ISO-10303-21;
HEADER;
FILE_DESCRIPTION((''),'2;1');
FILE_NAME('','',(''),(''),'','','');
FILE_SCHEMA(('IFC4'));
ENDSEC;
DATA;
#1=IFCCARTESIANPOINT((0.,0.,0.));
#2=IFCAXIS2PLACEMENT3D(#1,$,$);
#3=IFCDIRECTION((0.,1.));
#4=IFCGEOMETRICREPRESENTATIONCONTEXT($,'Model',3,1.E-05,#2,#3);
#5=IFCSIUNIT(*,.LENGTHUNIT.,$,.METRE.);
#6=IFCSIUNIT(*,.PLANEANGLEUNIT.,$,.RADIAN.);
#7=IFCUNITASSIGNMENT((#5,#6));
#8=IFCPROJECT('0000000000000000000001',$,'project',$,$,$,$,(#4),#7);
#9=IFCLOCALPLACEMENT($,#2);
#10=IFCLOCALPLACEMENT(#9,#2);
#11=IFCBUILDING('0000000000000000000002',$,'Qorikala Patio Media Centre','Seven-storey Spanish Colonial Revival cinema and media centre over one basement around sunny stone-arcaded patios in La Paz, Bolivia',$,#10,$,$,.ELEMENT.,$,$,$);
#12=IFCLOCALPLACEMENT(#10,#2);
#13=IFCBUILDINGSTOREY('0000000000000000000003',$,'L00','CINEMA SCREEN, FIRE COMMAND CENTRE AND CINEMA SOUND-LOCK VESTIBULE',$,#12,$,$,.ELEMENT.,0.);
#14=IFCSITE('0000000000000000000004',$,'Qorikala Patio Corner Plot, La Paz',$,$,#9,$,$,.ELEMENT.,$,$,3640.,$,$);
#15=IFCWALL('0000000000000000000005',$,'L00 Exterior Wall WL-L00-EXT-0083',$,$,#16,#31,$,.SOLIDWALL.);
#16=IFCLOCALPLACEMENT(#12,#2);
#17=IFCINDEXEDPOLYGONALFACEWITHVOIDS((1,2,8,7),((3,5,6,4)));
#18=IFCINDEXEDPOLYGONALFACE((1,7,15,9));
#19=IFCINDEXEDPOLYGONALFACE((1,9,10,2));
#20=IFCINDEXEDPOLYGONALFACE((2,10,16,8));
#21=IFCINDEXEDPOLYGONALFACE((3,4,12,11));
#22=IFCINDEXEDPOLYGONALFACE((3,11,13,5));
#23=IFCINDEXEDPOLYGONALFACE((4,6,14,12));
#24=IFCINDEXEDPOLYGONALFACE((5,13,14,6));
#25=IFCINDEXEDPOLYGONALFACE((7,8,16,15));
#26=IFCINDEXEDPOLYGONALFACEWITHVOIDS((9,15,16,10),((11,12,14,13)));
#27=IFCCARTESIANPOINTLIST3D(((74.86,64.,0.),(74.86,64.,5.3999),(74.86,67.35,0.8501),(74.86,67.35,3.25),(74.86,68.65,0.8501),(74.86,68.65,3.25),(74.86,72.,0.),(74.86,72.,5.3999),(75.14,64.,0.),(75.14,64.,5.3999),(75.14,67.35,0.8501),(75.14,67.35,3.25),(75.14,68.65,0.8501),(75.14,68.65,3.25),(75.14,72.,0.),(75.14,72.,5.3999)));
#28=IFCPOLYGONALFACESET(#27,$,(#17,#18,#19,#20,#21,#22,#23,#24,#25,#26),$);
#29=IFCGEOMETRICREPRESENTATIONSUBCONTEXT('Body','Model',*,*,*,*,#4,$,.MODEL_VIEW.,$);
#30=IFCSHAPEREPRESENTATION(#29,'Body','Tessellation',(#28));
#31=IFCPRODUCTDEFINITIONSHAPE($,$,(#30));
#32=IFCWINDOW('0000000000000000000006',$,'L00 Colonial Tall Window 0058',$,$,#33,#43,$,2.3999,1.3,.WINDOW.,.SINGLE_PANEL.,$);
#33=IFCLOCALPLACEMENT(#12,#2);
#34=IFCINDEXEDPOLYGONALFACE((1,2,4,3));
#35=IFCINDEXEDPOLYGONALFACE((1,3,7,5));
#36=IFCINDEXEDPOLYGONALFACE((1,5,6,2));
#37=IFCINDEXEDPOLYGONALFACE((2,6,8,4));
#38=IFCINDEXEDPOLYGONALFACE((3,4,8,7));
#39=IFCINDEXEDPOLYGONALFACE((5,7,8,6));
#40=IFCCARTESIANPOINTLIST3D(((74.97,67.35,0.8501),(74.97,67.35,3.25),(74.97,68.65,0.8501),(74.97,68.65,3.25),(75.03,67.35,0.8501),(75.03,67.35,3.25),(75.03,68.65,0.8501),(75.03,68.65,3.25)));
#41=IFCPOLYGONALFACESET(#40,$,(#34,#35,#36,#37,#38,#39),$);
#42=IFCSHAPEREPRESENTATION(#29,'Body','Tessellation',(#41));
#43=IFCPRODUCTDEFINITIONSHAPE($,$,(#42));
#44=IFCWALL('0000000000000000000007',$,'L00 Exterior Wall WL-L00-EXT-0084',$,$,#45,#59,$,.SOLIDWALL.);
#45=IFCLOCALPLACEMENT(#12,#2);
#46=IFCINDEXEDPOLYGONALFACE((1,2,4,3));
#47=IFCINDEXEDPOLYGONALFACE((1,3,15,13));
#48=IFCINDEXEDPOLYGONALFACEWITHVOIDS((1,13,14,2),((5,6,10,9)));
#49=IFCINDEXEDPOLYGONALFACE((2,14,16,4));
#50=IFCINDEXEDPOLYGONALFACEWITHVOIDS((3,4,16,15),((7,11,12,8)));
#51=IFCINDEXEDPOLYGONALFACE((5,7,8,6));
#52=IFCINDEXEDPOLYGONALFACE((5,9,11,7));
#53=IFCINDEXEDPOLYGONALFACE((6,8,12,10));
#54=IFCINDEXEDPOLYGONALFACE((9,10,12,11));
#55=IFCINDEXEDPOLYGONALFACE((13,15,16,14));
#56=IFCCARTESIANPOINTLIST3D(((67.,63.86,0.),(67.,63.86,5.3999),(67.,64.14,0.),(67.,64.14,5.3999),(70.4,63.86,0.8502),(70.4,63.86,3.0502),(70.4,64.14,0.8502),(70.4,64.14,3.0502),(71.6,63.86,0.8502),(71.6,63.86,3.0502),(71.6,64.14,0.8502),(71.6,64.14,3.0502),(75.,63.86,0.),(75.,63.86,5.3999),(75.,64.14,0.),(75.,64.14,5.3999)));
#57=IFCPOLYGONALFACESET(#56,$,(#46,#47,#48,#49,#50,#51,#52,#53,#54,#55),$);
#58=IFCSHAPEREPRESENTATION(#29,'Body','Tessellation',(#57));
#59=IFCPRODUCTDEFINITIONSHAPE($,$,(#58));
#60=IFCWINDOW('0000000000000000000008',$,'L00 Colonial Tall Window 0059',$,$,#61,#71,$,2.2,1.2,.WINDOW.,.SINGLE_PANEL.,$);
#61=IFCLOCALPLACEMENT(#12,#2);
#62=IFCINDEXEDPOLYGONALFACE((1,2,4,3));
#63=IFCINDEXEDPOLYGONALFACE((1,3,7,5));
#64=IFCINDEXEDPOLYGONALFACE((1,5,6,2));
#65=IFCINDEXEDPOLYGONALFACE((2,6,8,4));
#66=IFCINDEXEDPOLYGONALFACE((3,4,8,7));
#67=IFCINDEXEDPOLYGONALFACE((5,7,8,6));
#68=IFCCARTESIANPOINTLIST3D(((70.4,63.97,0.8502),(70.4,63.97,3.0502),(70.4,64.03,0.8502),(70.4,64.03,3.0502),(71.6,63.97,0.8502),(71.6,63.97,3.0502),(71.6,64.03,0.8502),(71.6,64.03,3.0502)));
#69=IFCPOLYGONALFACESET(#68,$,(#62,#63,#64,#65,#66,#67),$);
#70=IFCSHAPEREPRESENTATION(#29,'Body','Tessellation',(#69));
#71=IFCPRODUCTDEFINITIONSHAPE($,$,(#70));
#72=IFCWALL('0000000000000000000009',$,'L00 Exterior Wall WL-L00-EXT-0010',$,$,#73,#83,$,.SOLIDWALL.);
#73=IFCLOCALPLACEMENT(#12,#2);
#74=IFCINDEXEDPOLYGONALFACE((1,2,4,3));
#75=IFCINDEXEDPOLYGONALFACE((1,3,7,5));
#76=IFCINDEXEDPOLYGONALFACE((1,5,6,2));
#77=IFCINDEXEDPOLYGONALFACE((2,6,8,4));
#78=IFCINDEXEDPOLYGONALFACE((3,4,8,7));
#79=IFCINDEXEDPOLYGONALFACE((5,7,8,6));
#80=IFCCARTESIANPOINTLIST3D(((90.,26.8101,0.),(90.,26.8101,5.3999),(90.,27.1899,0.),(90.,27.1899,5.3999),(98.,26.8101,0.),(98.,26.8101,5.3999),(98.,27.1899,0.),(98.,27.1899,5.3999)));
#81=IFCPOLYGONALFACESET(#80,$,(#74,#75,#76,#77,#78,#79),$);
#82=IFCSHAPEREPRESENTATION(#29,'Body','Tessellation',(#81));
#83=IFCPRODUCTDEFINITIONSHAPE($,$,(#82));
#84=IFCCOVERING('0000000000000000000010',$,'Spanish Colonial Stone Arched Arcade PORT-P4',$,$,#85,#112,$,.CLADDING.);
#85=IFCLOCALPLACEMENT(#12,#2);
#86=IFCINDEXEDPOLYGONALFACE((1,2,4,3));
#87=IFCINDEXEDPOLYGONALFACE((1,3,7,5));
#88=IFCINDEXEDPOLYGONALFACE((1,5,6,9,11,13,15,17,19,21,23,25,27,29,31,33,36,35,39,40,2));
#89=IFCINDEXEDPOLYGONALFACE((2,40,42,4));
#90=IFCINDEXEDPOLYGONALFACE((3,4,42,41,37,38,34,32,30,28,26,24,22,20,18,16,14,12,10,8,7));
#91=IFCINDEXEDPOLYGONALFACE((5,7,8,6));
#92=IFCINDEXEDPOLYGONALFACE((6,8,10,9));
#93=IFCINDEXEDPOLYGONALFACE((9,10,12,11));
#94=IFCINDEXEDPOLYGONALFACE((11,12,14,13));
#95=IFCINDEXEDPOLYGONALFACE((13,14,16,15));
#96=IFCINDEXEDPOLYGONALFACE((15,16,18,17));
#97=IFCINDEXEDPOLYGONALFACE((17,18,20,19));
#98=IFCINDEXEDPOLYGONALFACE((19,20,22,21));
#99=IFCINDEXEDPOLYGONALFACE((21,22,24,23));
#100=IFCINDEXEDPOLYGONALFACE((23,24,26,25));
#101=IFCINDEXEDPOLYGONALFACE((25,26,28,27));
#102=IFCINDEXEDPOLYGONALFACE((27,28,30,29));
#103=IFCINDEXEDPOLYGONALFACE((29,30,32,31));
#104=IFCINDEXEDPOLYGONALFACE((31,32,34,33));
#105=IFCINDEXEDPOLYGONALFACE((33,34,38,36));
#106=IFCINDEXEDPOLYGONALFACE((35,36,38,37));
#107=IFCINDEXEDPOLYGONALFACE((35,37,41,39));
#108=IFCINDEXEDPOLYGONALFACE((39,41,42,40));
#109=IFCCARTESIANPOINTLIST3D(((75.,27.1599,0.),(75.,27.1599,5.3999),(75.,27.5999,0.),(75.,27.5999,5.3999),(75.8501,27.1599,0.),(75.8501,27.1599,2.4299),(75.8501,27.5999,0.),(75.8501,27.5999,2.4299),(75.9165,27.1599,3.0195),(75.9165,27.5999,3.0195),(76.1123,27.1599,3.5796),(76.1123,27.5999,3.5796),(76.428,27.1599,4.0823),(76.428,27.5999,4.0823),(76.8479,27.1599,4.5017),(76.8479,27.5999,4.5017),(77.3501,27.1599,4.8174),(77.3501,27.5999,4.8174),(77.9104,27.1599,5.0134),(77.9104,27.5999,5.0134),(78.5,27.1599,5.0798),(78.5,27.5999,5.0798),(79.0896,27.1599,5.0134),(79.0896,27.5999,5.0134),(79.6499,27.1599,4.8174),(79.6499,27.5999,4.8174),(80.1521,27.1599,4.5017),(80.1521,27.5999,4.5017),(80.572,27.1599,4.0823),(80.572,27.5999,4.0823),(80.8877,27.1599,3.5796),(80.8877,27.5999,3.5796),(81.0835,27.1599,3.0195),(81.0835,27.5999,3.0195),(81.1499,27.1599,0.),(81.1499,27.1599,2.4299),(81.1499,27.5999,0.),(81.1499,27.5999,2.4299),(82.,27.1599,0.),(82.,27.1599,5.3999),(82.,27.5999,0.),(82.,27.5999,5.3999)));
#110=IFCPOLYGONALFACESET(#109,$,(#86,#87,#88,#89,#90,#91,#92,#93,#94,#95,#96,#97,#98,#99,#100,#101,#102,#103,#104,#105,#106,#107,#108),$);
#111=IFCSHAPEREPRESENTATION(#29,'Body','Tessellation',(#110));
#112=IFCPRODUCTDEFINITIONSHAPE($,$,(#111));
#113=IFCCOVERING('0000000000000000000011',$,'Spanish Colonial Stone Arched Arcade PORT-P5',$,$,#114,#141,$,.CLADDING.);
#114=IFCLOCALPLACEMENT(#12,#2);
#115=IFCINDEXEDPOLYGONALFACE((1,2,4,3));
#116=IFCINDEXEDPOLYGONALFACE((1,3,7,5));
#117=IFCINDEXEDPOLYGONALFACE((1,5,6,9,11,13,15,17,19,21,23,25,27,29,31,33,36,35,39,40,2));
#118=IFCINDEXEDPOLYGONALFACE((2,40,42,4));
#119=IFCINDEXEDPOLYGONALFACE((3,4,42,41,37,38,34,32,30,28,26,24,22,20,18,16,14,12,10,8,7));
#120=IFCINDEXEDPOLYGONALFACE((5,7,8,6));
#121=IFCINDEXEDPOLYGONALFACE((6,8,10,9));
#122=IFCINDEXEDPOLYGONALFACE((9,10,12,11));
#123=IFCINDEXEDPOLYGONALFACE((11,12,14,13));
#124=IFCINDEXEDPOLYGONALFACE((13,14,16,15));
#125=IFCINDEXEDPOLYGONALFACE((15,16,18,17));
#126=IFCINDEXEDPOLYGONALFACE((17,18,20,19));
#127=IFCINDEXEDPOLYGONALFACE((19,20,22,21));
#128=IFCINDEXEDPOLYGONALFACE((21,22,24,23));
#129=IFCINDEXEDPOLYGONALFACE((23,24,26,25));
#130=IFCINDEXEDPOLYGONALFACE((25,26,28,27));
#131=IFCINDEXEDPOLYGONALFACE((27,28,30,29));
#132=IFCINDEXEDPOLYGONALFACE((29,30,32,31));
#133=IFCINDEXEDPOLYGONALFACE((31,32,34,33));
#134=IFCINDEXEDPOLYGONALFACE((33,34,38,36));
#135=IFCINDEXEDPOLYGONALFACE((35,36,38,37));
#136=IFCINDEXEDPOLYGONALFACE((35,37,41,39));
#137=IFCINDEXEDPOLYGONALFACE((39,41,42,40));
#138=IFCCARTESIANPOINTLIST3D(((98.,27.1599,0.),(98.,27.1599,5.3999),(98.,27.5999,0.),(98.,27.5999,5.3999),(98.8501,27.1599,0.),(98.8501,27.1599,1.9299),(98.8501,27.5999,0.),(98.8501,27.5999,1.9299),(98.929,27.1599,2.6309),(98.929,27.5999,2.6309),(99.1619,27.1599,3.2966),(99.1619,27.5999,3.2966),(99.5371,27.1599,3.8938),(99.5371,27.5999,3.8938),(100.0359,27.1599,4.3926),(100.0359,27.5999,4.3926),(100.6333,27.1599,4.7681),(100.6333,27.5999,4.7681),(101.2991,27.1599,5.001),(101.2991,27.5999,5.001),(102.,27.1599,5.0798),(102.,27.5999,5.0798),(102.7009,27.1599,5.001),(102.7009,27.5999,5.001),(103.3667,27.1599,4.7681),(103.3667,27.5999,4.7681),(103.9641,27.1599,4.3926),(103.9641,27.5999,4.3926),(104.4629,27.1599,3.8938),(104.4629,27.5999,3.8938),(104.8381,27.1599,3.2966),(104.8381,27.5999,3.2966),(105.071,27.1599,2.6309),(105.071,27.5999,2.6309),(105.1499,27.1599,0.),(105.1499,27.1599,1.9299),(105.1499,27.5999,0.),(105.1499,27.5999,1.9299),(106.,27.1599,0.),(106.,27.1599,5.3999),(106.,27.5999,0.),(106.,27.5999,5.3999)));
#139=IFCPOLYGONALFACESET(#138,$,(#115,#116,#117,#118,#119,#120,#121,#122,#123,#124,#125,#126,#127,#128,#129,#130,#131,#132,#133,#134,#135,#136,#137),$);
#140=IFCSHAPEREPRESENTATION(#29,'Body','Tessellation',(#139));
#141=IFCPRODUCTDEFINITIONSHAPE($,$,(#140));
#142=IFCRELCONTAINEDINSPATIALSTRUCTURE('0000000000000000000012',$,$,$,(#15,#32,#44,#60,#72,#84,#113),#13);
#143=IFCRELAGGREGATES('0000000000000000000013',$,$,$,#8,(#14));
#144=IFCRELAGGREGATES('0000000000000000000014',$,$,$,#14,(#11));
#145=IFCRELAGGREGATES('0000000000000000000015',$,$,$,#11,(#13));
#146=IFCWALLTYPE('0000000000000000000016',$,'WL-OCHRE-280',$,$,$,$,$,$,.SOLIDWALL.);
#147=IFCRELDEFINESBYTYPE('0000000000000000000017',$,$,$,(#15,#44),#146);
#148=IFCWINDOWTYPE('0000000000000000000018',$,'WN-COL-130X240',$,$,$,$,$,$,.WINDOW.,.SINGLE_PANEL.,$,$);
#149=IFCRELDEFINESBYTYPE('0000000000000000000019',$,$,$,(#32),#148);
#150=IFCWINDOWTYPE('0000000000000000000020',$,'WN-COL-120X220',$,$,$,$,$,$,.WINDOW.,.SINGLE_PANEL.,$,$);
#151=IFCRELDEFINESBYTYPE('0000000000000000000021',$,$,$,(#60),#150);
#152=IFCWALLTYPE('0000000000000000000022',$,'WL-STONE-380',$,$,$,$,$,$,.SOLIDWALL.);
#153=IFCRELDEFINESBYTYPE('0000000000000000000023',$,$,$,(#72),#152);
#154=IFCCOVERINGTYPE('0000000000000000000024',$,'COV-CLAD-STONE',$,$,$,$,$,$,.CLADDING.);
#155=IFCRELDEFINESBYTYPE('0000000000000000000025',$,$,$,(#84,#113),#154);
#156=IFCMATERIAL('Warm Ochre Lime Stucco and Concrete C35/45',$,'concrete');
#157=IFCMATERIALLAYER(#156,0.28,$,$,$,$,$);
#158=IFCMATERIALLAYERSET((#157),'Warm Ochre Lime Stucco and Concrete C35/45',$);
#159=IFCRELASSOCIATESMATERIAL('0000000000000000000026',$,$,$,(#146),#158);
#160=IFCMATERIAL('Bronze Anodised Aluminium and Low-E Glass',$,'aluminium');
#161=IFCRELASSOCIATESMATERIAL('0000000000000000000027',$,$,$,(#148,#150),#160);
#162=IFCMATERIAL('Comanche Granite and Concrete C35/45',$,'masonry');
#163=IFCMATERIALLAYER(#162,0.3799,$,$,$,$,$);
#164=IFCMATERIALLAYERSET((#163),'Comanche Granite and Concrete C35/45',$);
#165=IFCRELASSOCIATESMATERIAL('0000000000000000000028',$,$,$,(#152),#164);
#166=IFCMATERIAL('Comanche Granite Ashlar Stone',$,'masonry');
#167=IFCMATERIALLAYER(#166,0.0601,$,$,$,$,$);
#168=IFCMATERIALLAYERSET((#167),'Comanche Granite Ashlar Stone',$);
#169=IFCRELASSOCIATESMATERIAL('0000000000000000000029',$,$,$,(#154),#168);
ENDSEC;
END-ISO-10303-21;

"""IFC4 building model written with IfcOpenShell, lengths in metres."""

from ifc_helpers import new_model, si_unit, direction, frame, frame_2d, origin, place, context, subcontext, project, spatial, polyline, rectangle, outline, extrude, material, layer, layer_set, type_object, element, fill, save


model = new_model("IFC4")

# Units and contexts
model_context = context("Model", 3, precision=1e-05, world=origin(), true_north=direction((0.0, 1.0)))
body_context = subcontext(model_context, "Body", "Model", "MODEL_VIEW")
ifc_project = project(units=[si_unit("LENGTHUNIT", "METRE"), si_unit("PLANEANGLEUNIT", "RADIAN")], contexts=[model_context])

# Site, building, storey
site_placement = place(None, origin())
site = spatial("IfcSite", under=ifc_project, at=site_placement, Name="Qorikala Patio Corner Plot, La Paz", CompositionType="ELEMENT", RefElevation=3640.0)
building_placement = place(site_placement, origin())
building = spatial("IfcBuilding", under=site, at=building_placement, Name="Qorikala Patio Media Centre", Description="Seven-storey Spanish Colonial Revival cinema and media centre over one basement around sunny stone-arcaded patios in La Paz, Bolivia", CompositionType="ELEMENT")
storey_placement = place(building_placement, origin())
storey = spatial("IfcBuildingStorey", under=building, at=storey_placement, Name="L00", Description="CINEMA SCREEN, FIRE COMMAND CENTRE AND CINEMA SOUND-LOCK VESTIBULE", CompositionType="ELEMENT", Elevation=0.0)

# Shared definitions
ifc_material_1 = material(Name="Bronze Anodised Aluminium and Low-E Glass", Category="aluminium")

# Walls, openings, windows
ifc_material_2 = material(Name="Warm Ochre Lime Stucco and Concrete C35/45", Category="concrete")
ifc_layer_1 = layer(ifc_material_2, 0.28)
ifc_layer_set_1 = layer_set([ifc_layer_1], Name="Warm Ochre Lime Stucco and Concrete C35/45")
wall_type_1 = type_object("IfcWallType", Name="WL-OCHRE-280", PredefinedType="SOLIDWALL", material=ifc_layer_set_1)
wall_1_placement = place(storey_placement, frame((75.0, 72.0, 0.0), z_axis=(0.0, 0.0, 1.0), x_axis=(0.0, -1.0, 0.0)))
wall_1 = element("IfcWall", 1, at=wall_1_placement, inside=storey, type_object=wall_type_1, Name="L00 Exterior Wall WL-L00-EXT-0083", PredefinedType="SOLIDWALL", context=body_context, shape_type="SweptSolid", body=[
    extrude(rectangle(XDim=8.0, YDim=0.28, at=frame_2d((4.0, 0.0))), origin(), (0.0, 0.0, 1.0), 5.3999),
])
opening_1_placement = place(wall_1_placement, frame((3.3501, 0.0, 0.8501)))
opening_1 = element("IfcOpeningElement", 2, at=opening_1_placement, cuts=wall_1, PredefinedType="OPENING", context=body_context, shape_type="SweptSolid", body=[
    extrude(rectangle(XDim=1.3, YDim=2.3999, at=frame_2d((0.6499, 1.2))), frame((0.0, 0.1499, 0.0), z_axis=(0.0, -1.0, 0.0), x_axis=(1.0, 0.0, 0.0)), (0.0, 0.0, 1.0), 0.3),
])
window_type_1 = type_object("IfcWindowType", Name="WN-COL-130X240", PartitioningType="SINGLE_PANEL", PredefinedType="WINDOW", material=ifc_material_1)
window_1_placement = place(opening_1_placement, origin())
window_1 = element("IfcWindow", 3, at=window_1_placement, inside=storey, type_object=window_type_1, Name="L00 Colonial Tall Window 0058", OverallHeight=2.3999, OverallWidth=1.3, PartitioningType="SINGLE_PANEL", PredefinedType="WINDOW", context=body_context, shape_type="SweptSolid", body=[
    extrude(rectangle(XDim=1.3, YDim=2.3999, at=frame_2d((0.6499, 1.2))), frame((0.0, 0.03, 0.0), z_axis=(0.0, -1.0, 0.0), x_axis=(1.0, 0.0, 0.0)), (0.0, 0.0, 1.0), 0.0601),
])
fill(opening_1, window_1)
wall_2_placement = place(storey_placement, frame((75.0, 64.0, 0.0), z_axis=(0.0, 0.0, 1.0), x_axis=(-1.0, 0.0, 0.0)))
wall_2 = element("IfcWall", 4, at=wall_2_placement, inside=storey, type_object=wall_type_1, Name="L00 Exterior Wall WL-L00-EXT-0084", PredefinedType="SOLIDWALL", context=body_context, shape_type="SweptSolid", body=[
    extrude(rectangle(XDim=8.0, YDim=0.28, at=frame_2d((4.0, 0.0))), origin(), (0.0, 0.0, 1.0), 5.3999),
])
opening_2_placement = place(wall_2_placement, frame((3.3999, 0.0, 0.8501)))
opening_2 = element("IfcOpeningElement", 5, at=opening_2_placement, cuts=wall_2, PredefinedType="OPENING", context=body_context, shape_type="SweptSolid", body=[
    extrude(rectangle(XDim=1.2, YDim=2.2, at=frame_2d((0.6001, 1.1001))), frame((0.0, 0.1499, 0.0), z_axis=(0.0, -1.0, 0.0), x_axis=(1.0, 0.0, 0.0)), (0.0, 0.0, 1.0), 0.3),
])
window_type_2 = type_object("IfcWindowType", Name="WN-COL-120X220", PartitioningType="SINGLE_PANEL", PredefinedType="WINDOW", material=ifc_material_1)
window_2_placement = place(opening_2_placement, origin())
window_2 = element("IfcWindow", 6, at=window_2_placement, inside=storey, type_object=window_type_2, Name="L00 Colonial Tall Window 0059", OverallHeight=2.2, OverallWidth=1.2, PartitioningType="SINGLE_PANEL", PredefinedType="WINDOW", context=body_context, shape_type="SweptSolid", body=[
    extrude(rectangle(XDim=1.2, YDim=2.2, at=frame_2d((0.6001, 1.1001))), frame((0.0, 0.03, 0.0), z_axis=(0.0, -1.0, 0.0), x_axis=(1.0, 0.0, 0.0)), (0.0, 0.0, 1.0), 0.0601),
])
fill(opening_2, window_2)

# Wall
ifc_material_3 = material(Name="Comanche Granite and Concrete C35/45", Category="masonry")
ifc_layer_2 = layer(ifc_material_3, 0.3799)
ifc_layer_set_2 = layer_set([ifc_layer_2], Name="Comanche Granite and Concrete C35/45")
wall_type_2 = type_object("IfcWallType", Name="WL-STONE-380", PredefinedType="SOLIDWALL", material=ifc_layer_set_2)
wall_3_placement = place(storey_placement, frame((90.0, 27.0, 0.0), z_axis=(0.0, 0.0, 1.0), x_axis=(1.0, 0.0, 0.0)))
element("IfcWall", 7, at=wall_3_placement, inside=storey, type_object=wall_type_2, Name="L00 Exterior Wall WL-L00-EXT-0010", PredefinedType="SOLIDWALL", context=body_context, shape_type="SweptSolid", body=[
    extrude(rectangle(XDim=8.0, YDim=0.3799, at=frame_2d((4.0, 0.0))), origin(), (0.0, 0.0, 1.0), 5.3999),
])

# Coverings
ifc_material_4 = material(Name="Comanche Granite Ashlar Stone", Category="masonry")
ifc_layer_3 = layer(ifc_material_4, 0.0601)
ifc_layer_set_3 = layer_set([ifc_layer_3], Name="Comanche Granite Ashlar Stone")
covering_type = type_object("IfcCoveringType", Name="COV-CLAD-STONE", PredefinedType="CLADDING", material=ifc_layer_set_3)
covering_1_placement = place(storey_placement, frame((75.0, 27.3799, 0.0), z_axis=(0.0, 0.0, 1.0), x_axis=(1.0, 0.0, 0.0)))
element("IfcCovering", 8, at=covering_1_placement, inside=storey, type_object=covering_type, Name="Spanish Colonial Stone Arched Arcade PORT-P4", PredefinedType="CLADDING", context=body_context, shape_type="SweptSolid", body=[
    extrude(outline(polyline([(0.0, 0.0), (0.8501, 0.0), (0.8501, 2.4299), (0.9165, 3.0195), (1.1123, 3.5796), (1.428, 4.0823), (1.8479, 4.5017), (2.3501, 4.8174), (2.9104, 5.0134), (3.5, 5.0798), (4.0896, 5.0134), (4.6499, 4.8174), (5.1521, 4.5017), (5.572, 4.0823), (5.8877, 3.5796), (6.0835, 3.0195), (6.1499, 2.4299), (6.1499, 0.0), (7.0, 0.0), (7.0, 5.3999), (0.0, 5.3999), (0.0, 0.0)])), frame((0.0, 0.22, 0.0), z_axis=(0.0, -1.0, 0.0), x_axis=(1.0, 0.0, 0.0)), (0.0, 0.0, 1.0), 0.4399),
])
covering_2_placement = place(storey_placement, frame((98.0, 27.3799, 0.0), z_axis=(0.0, 0.0, 1.0), x_axis=(1.0, 0.0, 0.0)))
element("IfcCovering", 9, at=covering_2_placement, inside=storey, type_object=covering_type, Name="Spanish Colonial Stone Arched Arcade PORT-P5", PredefinedType="CLADDING", context=body_context, shape_type="SweptSolid", body=[
    extrude(outline(polyline([(0.0, 0.0), (0.8501, 0.0), (0.8501, 1.9299), (0.929, 2.6309), (1.1619, 3.2966), (1.5371, 3.8938), (2.0359, 4.3926), (2.6333, 4.7681), (3.2991, 5.001), (4.0, 5.0798), (4.7009, 5.001), (5.3667, 4.7681), (5.9641, 4.3926), (6.4629, 3.8938), (6.8381, 3.2966), (7.071, 2.6309), (7.1499, 1.9299), (7.1499, 0.0), (8.0, 0.0), (8.0, 5.3999), (0.0, 5.3999), (0.0, 0.0)])), frame((0.0, 0.22, 0.0), z_axis=(0.0, -1.0, 0.0), x_axis=(1.0, 0.0, 0.0)), (0.0, 0.0, 1.0), 0.4399),
])

save(model, "model.ifc")
